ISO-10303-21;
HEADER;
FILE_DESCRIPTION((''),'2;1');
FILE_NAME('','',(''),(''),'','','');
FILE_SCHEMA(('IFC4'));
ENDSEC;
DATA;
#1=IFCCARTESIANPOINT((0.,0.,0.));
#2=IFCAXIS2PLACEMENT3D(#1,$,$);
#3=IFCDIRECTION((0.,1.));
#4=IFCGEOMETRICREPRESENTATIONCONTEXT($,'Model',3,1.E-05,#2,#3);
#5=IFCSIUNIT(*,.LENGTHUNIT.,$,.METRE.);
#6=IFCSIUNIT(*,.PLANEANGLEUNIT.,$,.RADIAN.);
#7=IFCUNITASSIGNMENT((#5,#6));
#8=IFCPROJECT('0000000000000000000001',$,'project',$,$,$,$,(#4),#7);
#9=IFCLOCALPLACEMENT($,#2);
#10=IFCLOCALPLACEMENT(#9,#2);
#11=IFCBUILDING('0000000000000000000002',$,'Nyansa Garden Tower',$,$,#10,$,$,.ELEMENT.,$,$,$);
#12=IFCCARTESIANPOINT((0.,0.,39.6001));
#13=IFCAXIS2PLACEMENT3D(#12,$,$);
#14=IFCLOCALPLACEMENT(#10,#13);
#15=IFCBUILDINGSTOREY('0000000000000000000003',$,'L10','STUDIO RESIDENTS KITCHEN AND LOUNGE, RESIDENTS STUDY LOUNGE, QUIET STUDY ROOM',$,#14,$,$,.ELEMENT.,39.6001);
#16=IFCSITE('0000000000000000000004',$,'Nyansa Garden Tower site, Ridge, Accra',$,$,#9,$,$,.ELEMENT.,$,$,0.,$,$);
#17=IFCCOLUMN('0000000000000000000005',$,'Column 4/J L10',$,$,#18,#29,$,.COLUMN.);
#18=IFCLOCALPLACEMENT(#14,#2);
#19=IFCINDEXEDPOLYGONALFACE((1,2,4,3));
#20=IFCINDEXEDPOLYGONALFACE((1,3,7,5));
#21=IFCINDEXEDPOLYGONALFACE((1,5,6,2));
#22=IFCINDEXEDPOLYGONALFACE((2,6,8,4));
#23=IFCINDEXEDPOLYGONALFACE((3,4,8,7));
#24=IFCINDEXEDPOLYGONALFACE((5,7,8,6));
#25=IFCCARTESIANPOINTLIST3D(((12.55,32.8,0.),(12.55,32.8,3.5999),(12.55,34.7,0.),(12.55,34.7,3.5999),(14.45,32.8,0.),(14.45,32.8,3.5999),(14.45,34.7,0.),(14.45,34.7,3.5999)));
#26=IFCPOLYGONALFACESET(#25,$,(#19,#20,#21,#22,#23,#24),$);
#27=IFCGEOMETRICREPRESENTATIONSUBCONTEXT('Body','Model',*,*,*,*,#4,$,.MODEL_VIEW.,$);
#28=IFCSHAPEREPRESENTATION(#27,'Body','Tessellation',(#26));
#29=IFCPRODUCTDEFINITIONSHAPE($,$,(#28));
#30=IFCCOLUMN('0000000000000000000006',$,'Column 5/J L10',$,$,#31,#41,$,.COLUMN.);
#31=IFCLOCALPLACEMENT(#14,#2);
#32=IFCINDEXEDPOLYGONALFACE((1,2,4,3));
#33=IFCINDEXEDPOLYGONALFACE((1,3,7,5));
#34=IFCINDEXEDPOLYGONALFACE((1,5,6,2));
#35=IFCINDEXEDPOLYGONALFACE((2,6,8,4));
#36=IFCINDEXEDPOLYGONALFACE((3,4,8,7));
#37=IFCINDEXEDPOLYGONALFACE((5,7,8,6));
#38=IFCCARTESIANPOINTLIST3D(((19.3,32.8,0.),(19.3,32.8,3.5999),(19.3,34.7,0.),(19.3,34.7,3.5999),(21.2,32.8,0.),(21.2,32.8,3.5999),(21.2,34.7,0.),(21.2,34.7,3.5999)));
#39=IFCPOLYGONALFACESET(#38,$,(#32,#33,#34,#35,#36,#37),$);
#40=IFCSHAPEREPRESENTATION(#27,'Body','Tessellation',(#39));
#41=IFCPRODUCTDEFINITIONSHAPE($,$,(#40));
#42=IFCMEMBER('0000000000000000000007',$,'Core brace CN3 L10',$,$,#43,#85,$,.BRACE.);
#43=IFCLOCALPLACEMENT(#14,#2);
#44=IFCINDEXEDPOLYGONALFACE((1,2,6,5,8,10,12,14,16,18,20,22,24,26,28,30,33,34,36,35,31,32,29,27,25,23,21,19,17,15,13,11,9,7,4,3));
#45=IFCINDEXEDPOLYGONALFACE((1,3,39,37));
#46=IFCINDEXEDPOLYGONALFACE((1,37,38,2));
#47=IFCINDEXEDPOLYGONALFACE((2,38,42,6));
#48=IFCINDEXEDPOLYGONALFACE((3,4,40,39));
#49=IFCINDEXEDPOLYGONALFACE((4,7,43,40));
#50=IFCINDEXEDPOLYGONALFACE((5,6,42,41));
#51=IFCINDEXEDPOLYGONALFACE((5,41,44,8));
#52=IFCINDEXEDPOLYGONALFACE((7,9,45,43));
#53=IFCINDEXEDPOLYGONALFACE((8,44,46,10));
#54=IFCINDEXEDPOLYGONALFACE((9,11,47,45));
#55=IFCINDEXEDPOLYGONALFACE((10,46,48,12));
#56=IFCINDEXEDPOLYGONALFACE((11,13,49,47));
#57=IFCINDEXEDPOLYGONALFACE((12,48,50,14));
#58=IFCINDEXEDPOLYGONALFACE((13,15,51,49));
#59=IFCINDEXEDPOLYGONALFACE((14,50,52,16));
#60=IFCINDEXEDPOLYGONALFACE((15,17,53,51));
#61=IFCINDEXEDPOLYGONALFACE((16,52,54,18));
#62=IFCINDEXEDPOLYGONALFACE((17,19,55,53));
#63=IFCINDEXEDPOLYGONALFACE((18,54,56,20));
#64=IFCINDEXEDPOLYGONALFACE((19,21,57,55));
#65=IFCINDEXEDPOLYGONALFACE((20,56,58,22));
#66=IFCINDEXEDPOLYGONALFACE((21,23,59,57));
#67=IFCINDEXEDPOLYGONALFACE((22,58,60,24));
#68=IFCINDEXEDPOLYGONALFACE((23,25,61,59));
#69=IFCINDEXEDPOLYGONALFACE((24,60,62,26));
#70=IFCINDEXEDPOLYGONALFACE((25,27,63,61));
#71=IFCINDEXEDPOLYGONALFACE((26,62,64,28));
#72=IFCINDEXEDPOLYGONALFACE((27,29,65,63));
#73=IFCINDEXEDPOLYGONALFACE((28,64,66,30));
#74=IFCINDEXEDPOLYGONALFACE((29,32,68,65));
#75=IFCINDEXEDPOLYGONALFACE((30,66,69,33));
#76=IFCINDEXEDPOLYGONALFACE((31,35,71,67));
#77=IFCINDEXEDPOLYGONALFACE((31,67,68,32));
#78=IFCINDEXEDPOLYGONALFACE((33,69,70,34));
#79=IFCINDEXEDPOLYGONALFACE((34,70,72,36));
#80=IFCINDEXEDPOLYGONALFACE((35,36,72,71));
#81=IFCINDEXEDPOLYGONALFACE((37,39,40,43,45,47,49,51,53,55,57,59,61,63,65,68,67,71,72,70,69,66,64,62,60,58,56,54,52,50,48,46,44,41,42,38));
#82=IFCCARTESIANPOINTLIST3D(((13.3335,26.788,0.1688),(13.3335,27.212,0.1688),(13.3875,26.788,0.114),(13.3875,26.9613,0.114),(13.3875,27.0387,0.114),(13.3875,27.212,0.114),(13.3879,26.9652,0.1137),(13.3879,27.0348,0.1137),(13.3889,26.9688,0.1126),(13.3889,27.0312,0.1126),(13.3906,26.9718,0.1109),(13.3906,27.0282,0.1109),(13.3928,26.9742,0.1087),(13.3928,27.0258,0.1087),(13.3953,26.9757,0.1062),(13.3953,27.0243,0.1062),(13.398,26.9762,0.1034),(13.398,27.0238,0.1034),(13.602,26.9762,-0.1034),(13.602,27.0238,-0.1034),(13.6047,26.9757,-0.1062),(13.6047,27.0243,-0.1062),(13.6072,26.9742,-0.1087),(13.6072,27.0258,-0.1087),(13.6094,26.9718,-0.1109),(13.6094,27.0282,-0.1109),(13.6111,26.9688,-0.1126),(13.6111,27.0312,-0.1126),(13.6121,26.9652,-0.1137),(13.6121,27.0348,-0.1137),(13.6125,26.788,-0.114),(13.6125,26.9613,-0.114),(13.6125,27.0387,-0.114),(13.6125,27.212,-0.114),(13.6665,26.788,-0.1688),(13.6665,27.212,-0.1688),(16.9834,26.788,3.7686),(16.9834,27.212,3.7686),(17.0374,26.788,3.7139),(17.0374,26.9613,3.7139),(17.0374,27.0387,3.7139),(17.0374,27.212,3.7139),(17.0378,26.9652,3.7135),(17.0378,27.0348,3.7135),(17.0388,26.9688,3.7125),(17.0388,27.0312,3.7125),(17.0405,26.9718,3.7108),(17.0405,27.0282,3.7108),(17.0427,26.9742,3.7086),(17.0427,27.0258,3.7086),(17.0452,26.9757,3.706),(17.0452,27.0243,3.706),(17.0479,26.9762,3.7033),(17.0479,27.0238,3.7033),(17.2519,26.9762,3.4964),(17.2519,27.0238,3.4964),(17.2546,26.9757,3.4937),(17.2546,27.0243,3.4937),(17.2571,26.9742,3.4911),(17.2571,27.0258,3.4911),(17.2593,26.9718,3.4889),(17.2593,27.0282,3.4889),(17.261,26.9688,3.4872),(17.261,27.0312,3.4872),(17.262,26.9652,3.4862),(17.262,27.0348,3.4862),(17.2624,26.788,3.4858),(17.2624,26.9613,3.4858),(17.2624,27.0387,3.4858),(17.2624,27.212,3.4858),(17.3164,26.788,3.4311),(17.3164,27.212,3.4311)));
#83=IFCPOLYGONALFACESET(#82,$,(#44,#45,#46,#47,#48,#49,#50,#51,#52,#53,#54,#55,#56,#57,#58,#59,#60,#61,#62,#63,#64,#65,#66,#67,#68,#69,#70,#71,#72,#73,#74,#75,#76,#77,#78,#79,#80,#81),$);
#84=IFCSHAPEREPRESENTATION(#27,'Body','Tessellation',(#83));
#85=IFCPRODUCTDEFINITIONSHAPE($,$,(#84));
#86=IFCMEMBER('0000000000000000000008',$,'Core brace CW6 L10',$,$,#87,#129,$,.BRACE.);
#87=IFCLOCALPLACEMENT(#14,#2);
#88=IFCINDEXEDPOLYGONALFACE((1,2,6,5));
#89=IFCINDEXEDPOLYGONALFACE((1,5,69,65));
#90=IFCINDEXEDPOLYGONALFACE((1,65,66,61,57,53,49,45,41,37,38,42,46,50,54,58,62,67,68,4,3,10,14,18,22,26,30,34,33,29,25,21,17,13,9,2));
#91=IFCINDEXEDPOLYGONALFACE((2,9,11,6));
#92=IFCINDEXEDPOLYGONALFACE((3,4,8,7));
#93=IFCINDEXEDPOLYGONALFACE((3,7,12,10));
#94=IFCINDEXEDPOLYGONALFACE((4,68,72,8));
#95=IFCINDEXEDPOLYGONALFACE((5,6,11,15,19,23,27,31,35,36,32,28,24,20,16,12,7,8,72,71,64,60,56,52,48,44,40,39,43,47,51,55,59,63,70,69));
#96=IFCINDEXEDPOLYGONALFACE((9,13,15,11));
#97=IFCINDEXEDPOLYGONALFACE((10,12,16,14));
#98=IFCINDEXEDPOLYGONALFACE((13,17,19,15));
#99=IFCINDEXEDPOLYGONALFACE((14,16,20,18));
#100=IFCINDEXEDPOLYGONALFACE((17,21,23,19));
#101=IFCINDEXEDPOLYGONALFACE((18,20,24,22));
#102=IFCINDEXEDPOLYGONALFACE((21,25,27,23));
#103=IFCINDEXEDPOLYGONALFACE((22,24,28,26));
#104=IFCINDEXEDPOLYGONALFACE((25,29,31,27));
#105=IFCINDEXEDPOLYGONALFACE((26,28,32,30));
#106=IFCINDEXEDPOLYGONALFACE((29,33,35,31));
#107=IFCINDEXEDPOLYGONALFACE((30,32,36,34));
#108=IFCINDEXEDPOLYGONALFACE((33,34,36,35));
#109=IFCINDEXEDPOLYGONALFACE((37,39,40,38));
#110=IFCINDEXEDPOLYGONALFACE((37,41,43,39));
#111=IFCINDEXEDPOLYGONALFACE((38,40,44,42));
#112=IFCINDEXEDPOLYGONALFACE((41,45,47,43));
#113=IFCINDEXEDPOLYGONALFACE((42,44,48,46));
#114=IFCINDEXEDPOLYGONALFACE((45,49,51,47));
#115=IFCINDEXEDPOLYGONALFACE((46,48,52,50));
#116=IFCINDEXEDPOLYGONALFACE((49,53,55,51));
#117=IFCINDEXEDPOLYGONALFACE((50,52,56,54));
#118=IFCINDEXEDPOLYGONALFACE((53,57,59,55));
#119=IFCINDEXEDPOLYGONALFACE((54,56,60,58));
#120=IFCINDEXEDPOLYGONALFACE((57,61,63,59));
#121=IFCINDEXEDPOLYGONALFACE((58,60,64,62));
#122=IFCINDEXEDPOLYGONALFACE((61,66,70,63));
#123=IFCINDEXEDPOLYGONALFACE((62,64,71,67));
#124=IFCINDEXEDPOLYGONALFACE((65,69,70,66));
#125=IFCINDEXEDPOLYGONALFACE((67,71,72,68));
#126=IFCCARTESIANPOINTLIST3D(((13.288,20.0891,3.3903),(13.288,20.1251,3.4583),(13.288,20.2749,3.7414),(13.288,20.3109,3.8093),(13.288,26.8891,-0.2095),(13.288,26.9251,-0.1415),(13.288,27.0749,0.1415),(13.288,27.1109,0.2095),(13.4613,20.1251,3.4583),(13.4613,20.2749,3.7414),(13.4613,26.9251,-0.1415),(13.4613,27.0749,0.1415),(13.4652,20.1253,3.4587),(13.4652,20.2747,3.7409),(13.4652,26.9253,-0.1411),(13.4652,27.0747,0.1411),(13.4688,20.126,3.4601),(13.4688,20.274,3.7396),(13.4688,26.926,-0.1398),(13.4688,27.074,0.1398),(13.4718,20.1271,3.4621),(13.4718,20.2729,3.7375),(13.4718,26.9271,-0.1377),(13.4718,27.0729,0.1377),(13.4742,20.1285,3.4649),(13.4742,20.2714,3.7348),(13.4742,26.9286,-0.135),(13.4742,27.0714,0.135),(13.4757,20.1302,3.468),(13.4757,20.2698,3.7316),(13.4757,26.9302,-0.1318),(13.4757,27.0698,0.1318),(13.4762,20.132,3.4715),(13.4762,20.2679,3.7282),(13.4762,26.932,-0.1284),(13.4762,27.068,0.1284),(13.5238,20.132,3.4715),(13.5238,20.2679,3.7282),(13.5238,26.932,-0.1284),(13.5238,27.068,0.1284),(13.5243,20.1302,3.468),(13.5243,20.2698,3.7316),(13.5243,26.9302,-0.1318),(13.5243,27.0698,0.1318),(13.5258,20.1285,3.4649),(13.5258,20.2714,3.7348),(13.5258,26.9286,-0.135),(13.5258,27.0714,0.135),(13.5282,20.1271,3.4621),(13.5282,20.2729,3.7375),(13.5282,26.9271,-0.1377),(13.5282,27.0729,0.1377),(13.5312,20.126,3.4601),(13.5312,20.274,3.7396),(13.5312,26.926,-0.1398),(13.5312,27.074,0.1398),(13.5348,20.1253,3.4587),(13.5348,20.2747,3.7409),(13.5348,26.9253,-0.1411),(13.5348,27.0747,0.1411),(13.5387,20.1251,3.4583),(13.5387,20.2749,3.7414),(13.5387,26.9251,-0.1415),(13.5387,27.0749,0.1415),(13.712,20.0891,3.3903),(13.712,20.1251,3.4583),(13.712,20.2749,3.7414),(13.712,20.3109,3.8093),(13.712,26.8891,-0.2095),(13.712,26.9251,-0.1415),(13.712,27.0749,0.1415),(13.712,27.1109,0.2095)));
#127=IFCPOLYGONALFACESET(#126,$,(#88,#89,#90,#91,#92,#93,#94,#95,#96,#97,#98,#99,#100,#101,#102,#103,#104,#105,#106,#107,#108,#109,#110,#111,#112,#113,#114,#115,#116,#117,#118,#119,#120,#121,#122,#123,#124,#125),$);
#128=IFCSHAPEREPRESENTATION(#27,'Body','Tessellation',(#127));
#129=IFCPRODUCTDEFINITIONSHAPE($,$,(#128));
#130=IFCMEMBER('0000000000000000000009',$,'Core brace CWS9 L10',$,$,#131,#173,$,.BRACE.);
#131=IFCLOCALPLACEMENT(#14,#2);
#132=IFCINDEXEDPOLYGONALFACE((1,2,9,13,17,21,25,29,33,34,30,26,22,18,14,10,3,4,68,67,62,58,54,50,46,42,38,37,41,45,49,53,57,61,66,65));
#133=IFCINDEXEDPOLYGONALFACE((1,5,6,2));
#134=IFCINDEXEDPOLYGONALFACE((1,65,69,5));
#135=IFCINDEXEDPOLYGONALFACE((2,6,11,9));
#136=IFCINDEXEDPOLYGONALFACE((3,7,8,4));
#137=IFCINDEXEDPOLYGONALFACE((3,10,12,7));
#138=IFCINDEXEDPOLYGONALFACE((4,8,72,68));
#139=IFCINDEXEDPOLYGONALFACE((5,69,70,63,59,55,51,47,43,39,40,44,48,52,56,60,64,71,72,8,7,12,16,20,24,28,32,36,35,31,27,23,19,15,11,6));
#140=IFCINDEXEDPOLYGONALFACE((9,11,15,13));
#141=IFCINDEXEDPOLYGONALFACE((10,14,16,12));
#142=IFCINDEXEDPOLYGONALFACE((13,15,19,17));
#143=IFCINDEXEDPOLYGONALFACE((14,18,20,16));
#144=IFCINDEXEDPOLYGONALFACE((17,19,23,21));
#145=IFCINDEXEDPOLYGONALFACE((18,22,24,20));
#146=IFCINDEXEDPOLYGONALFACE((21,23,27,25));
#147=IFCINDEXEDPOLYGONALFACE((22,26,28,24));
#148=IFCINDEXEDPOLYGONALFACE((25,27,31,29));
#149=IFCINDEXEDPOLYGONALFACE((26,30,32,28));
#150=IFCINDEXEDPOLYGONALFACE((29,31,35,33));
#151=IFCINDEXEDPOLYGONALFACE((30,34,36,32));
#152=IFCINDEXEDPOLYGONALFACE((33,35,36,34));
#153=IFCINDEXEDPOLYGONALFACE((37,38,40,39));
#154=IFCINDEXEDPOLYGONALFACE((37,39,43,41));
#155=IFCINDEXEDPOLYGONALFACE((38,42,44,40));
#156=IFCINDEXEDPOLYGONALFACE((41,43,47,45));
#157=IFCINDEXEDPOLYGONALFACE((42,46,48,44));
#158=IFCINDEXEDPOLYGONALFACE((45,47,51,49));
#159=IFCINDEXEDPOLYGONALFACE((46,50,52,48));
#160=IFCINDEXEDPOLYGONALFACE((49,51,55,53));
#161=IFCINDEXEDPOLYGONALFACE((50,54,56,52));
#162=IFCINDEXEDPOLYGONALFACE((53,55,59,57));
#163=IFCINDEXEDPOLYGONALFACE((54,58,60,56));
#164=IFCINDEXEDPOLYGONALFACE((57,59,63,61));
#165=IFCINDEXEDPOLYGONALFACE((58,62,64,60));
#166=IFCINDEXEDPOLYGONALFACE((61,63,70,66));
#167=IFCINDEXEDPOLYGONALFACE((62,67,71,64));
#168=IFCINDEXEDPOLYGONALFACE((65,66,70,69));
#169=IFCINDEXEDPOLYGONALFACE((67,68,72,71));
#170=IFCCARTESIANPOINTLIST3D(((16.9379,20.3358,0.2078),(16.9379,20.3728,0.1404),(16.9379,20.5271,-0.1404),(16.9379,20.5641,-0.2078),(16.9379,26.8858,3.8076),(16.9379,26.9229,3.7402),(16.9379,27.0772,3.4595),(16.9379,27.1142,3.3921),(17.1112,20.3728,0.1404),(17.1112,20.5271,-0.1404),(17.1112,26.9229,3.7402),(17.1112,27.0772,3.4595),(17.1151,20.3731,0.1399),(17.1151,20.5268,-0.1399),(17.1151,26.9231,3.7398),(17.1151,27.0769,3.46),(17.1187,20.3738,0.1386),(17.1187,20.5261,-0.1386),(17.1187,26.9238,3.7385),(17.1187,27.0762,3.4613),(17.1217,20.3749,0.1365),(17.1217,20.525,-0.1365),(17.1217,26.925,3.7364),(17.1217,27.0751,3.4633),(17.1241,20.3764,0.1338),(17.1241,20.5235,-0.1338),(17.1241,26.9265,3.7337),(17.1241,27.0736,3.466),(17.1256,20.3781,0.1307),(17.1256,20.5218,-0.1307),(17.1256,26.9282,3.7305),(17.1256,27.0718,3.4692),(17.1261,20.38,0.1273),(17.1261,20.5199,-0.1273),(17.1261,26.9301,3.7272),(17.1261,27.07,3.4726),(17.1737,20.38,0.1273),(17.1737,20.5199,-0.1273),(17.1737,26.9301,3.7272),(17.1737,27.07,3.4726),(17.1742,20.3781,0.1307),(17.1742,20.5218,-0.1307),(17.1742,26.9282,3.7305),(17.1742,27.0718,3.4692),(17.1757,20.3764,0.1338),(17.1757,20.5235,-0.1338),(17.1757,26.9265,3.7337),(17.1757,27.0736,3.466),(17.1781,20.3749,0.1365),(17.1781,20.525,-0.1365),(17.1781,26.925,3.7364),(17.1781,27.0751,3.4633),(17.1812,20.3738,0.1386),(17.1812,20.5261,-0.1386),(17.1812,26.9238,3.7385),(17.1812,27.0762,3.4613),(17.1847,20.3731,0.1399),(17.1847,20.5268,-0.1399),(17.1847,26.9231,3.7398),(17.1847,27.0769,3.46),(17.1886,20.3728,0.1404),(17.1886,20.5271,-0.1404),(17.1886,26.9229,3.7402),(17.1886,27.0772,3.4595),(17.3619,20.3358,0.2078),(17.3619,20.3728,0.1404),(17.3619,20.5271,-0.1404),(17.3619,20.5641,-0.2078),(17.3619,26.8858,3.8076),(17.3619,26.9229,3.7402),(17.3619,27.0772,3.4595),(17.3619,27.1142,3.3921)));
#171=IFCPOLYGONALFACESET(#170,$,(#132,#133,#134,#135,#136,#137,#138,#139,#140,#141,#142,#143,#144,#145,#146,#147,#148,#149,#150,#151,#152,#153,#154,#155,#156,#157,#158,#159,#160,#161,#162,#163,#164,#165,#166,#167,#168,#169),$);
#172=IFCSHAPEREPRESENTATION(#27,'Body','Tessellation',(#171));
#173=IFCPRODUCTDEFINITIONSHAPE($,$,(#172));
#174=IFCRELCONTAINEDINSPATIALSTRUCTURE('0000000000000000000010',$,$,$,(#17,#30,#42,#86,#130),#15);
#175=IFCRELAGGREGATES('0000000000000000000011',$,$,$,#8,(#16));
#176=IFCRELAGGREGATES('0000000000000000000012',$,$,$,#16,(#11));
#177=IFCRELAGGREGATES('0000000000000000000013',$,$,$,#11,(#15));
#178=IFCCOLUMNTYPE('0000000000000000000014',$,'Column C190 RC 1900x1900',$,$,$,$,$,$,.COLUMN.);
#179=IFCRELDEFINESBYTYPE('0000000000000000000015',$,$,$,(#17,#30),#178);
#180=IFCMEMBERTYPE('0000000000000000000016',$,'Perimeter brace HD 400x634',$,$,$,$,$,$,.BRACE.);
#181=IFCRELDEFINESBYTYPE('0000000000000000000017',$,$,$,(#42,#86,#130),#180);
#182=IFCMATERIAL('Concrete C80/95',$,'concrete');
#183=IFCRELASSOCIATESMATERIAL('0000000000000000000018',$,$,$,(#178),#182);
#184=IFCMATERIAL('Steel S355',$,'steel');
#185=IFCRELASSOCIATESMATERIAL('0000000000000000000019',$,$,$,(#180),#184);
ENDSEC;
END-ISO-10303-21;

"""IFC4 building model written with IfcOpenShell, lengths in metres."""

from ifc_helpers import new_model, si_unit, direction, frame, origin, origin_2d, place, context, subcontext, project, spatial, rectangle, i_section, extrude, material, material_profile, profile_set, type_object, element, save


model = new_model("IFC4")

# Units and contexts
model_context = context("Model", 3, precision=1e-05, world=origin(), true_north=direction((0.0, 1.0)))
body_context = subcontext(model_context, "Body", "Model", "MODEL_VIEW")
ifc_project = project(units=[si_unit("LENGTHUNIT", "METRE"), si_unit("PLANEANGLEUNIT", "RADIAN")], contexts=[model_context])

# Site, building, storey
site_placement = place(None, origin())
site = spatial("IfcSite", under=ifc_project, at=site_placement, Name="Nyansa Garden Tower site, Ridge, Accra", CompositionType="ELEMENT", RefElevation=0.0)
building_placement = place(site_placement, origin())
building = spatial("IfcBuilding", under=site, at=building_placement, Name="Nyansa Garden Tower", CompositionType="ELEMENT")
storey_placement = place(building_placement, frame((0.0, 0.0, 39.6001)))
storey = spatial("IfcBuildingStorey", under=building, at=storey_placement, Name="L10", Description="STUDIO RESIDENTS KITCHEN AND LOUNGE, RESIDENTS STUDY LOUNGE, QUIET STUDY ROOM", CompositionType="ELEMENT", Elevation=39.6001)

# Columns
ifc_material_1 = material(Name="Concrete C80/95", Category="concrete")
ifc_material_profile_1 = material_profile(ifc_material_1, rectangle(XDim=1.8999, YDim=1.8999, at=origin_2d()), Name="RC 1900x1900")
ifc_profile_set_1 = profile_set([ifc_material_profile_1], Name="Concrete C80/95")
column_type = type_object("IfcColumnType", Name="Column C190 RC 1900x1900", PredefinedType="COLUMN", material=ifc_profile_set_1)
for number, where, z_axis, x_axis, name in (
    (1, (13.5, 33.75, 0.0), (0.0, 0.0, 1.0), (1.0, 0.0, 0.0), "Column 4/J L10"),
    (2, (20.25, 33.75, 0.0), (0.0, 0.0, 1.0), (1.0, 0.0, 0.0), "Column 5/J L10"),
):
    element("IfcColumn", number, at=place(storey_placement, frame(where, z_axis=z_axis, x_axis=x_axis)), inside=storey, type_object=column_type, Name=name, PredefinedType="COLUMN", context=body_context, shape_type="SweptSolid", body=[
        extrude(rectangle(XDim=1.8999, YDim=1.8999, at=origin_2d()), origin(), (0.0, 0.0, 1.0), 3.5999),
    ])

# Members
ifc_material_2 = material(Name="Steel S355", Category="steel")
ifc_material_profile_2 = material_profile(ifc_material_2, i_section(OverallWidth=0.4241, OverallDepth=0.4741, WebThickness=0.0476, FlangeThickness=0.0769, FilletRadius=0.0149, at=origin_2d()), Name="HD 400x634")
ifc_profile_set_2 = profile_set([ifc_material_profile_2], Name="Steel S355")
member_type = type_object("IfcMemberType", Name="Perimeter brace HD 400x634", PredefinedType="BRACE", material=ifc_profile_set_2)
member_1_placement = place(storey_placement, frame((13.5, 27.0, 0.0), z_axis=(0.711971, 0.0, 0.702209), x_axis=(0.0, 1.0, 0.0)))
element("IfcMember", 3, at=member_1_placement, inside=storey, type_object=member_type, Name="Core brace CN3 L10", PredefinedType="BRACE", context=body_context, shape_type="SweptSolid", body=[
    extrude(i_section(OverallWidth=0.4241, OverallDepth=0.4741, WebThickness=0.0476, FlangeThickness=0.0769, FilletRadius=0.0149, at=origin_2d()), origin(), (0.0, 0.0, 1.0), 5.1265),
])
member_2_placement = place(storey_placement, frame((13.5, 27.0, 0.0), z_axis=(0.0, -0.883797, 0.46787), x_axis=(1.0, 0.0, 0.0)))
element("IfcMember", 4, at=member_2_placement, inside=storey, type_object=member_type, Name="Core brace CW6 L10", PredefinedType="BRACE", context=body_context, shape_type="SweptSolid", body=[
    extrude(i_section(OverallWidth=0.4241, OverallDepth=0.4741, WebThickness=0.0476, FlangeThickness=0.0769, FilletRadius=0.0149, at=origin_2d()), origin(), (0.0, 0.0, 1.0), 7.6941),
])
member_3_placement = place(storey_placement, frame((17.1499, 20.45, 0.0), z_axis=(0.0, 0.876367, 0.481644), x_axis=(-1.0, 0.0, 0.0)))
element("IfcMember", 5, at=member_3_placement, inside=storey, type_object=member_type, Name="Core brace CWS9 L10", PredefinedType="BRACE", context=body_context, shape_type="SweptSolid", body=[
    extrude(i_section(OverallWidth=0.4241, OverallDepth=0.4741, WebThickness=0.0476, FlangeThickness=0.0769, FilletRadius=0.0149, at=origin_2d()), origin(), (0.0, 0.0, 1.0), 7.4741),
])

save(model, "model.ifc")
